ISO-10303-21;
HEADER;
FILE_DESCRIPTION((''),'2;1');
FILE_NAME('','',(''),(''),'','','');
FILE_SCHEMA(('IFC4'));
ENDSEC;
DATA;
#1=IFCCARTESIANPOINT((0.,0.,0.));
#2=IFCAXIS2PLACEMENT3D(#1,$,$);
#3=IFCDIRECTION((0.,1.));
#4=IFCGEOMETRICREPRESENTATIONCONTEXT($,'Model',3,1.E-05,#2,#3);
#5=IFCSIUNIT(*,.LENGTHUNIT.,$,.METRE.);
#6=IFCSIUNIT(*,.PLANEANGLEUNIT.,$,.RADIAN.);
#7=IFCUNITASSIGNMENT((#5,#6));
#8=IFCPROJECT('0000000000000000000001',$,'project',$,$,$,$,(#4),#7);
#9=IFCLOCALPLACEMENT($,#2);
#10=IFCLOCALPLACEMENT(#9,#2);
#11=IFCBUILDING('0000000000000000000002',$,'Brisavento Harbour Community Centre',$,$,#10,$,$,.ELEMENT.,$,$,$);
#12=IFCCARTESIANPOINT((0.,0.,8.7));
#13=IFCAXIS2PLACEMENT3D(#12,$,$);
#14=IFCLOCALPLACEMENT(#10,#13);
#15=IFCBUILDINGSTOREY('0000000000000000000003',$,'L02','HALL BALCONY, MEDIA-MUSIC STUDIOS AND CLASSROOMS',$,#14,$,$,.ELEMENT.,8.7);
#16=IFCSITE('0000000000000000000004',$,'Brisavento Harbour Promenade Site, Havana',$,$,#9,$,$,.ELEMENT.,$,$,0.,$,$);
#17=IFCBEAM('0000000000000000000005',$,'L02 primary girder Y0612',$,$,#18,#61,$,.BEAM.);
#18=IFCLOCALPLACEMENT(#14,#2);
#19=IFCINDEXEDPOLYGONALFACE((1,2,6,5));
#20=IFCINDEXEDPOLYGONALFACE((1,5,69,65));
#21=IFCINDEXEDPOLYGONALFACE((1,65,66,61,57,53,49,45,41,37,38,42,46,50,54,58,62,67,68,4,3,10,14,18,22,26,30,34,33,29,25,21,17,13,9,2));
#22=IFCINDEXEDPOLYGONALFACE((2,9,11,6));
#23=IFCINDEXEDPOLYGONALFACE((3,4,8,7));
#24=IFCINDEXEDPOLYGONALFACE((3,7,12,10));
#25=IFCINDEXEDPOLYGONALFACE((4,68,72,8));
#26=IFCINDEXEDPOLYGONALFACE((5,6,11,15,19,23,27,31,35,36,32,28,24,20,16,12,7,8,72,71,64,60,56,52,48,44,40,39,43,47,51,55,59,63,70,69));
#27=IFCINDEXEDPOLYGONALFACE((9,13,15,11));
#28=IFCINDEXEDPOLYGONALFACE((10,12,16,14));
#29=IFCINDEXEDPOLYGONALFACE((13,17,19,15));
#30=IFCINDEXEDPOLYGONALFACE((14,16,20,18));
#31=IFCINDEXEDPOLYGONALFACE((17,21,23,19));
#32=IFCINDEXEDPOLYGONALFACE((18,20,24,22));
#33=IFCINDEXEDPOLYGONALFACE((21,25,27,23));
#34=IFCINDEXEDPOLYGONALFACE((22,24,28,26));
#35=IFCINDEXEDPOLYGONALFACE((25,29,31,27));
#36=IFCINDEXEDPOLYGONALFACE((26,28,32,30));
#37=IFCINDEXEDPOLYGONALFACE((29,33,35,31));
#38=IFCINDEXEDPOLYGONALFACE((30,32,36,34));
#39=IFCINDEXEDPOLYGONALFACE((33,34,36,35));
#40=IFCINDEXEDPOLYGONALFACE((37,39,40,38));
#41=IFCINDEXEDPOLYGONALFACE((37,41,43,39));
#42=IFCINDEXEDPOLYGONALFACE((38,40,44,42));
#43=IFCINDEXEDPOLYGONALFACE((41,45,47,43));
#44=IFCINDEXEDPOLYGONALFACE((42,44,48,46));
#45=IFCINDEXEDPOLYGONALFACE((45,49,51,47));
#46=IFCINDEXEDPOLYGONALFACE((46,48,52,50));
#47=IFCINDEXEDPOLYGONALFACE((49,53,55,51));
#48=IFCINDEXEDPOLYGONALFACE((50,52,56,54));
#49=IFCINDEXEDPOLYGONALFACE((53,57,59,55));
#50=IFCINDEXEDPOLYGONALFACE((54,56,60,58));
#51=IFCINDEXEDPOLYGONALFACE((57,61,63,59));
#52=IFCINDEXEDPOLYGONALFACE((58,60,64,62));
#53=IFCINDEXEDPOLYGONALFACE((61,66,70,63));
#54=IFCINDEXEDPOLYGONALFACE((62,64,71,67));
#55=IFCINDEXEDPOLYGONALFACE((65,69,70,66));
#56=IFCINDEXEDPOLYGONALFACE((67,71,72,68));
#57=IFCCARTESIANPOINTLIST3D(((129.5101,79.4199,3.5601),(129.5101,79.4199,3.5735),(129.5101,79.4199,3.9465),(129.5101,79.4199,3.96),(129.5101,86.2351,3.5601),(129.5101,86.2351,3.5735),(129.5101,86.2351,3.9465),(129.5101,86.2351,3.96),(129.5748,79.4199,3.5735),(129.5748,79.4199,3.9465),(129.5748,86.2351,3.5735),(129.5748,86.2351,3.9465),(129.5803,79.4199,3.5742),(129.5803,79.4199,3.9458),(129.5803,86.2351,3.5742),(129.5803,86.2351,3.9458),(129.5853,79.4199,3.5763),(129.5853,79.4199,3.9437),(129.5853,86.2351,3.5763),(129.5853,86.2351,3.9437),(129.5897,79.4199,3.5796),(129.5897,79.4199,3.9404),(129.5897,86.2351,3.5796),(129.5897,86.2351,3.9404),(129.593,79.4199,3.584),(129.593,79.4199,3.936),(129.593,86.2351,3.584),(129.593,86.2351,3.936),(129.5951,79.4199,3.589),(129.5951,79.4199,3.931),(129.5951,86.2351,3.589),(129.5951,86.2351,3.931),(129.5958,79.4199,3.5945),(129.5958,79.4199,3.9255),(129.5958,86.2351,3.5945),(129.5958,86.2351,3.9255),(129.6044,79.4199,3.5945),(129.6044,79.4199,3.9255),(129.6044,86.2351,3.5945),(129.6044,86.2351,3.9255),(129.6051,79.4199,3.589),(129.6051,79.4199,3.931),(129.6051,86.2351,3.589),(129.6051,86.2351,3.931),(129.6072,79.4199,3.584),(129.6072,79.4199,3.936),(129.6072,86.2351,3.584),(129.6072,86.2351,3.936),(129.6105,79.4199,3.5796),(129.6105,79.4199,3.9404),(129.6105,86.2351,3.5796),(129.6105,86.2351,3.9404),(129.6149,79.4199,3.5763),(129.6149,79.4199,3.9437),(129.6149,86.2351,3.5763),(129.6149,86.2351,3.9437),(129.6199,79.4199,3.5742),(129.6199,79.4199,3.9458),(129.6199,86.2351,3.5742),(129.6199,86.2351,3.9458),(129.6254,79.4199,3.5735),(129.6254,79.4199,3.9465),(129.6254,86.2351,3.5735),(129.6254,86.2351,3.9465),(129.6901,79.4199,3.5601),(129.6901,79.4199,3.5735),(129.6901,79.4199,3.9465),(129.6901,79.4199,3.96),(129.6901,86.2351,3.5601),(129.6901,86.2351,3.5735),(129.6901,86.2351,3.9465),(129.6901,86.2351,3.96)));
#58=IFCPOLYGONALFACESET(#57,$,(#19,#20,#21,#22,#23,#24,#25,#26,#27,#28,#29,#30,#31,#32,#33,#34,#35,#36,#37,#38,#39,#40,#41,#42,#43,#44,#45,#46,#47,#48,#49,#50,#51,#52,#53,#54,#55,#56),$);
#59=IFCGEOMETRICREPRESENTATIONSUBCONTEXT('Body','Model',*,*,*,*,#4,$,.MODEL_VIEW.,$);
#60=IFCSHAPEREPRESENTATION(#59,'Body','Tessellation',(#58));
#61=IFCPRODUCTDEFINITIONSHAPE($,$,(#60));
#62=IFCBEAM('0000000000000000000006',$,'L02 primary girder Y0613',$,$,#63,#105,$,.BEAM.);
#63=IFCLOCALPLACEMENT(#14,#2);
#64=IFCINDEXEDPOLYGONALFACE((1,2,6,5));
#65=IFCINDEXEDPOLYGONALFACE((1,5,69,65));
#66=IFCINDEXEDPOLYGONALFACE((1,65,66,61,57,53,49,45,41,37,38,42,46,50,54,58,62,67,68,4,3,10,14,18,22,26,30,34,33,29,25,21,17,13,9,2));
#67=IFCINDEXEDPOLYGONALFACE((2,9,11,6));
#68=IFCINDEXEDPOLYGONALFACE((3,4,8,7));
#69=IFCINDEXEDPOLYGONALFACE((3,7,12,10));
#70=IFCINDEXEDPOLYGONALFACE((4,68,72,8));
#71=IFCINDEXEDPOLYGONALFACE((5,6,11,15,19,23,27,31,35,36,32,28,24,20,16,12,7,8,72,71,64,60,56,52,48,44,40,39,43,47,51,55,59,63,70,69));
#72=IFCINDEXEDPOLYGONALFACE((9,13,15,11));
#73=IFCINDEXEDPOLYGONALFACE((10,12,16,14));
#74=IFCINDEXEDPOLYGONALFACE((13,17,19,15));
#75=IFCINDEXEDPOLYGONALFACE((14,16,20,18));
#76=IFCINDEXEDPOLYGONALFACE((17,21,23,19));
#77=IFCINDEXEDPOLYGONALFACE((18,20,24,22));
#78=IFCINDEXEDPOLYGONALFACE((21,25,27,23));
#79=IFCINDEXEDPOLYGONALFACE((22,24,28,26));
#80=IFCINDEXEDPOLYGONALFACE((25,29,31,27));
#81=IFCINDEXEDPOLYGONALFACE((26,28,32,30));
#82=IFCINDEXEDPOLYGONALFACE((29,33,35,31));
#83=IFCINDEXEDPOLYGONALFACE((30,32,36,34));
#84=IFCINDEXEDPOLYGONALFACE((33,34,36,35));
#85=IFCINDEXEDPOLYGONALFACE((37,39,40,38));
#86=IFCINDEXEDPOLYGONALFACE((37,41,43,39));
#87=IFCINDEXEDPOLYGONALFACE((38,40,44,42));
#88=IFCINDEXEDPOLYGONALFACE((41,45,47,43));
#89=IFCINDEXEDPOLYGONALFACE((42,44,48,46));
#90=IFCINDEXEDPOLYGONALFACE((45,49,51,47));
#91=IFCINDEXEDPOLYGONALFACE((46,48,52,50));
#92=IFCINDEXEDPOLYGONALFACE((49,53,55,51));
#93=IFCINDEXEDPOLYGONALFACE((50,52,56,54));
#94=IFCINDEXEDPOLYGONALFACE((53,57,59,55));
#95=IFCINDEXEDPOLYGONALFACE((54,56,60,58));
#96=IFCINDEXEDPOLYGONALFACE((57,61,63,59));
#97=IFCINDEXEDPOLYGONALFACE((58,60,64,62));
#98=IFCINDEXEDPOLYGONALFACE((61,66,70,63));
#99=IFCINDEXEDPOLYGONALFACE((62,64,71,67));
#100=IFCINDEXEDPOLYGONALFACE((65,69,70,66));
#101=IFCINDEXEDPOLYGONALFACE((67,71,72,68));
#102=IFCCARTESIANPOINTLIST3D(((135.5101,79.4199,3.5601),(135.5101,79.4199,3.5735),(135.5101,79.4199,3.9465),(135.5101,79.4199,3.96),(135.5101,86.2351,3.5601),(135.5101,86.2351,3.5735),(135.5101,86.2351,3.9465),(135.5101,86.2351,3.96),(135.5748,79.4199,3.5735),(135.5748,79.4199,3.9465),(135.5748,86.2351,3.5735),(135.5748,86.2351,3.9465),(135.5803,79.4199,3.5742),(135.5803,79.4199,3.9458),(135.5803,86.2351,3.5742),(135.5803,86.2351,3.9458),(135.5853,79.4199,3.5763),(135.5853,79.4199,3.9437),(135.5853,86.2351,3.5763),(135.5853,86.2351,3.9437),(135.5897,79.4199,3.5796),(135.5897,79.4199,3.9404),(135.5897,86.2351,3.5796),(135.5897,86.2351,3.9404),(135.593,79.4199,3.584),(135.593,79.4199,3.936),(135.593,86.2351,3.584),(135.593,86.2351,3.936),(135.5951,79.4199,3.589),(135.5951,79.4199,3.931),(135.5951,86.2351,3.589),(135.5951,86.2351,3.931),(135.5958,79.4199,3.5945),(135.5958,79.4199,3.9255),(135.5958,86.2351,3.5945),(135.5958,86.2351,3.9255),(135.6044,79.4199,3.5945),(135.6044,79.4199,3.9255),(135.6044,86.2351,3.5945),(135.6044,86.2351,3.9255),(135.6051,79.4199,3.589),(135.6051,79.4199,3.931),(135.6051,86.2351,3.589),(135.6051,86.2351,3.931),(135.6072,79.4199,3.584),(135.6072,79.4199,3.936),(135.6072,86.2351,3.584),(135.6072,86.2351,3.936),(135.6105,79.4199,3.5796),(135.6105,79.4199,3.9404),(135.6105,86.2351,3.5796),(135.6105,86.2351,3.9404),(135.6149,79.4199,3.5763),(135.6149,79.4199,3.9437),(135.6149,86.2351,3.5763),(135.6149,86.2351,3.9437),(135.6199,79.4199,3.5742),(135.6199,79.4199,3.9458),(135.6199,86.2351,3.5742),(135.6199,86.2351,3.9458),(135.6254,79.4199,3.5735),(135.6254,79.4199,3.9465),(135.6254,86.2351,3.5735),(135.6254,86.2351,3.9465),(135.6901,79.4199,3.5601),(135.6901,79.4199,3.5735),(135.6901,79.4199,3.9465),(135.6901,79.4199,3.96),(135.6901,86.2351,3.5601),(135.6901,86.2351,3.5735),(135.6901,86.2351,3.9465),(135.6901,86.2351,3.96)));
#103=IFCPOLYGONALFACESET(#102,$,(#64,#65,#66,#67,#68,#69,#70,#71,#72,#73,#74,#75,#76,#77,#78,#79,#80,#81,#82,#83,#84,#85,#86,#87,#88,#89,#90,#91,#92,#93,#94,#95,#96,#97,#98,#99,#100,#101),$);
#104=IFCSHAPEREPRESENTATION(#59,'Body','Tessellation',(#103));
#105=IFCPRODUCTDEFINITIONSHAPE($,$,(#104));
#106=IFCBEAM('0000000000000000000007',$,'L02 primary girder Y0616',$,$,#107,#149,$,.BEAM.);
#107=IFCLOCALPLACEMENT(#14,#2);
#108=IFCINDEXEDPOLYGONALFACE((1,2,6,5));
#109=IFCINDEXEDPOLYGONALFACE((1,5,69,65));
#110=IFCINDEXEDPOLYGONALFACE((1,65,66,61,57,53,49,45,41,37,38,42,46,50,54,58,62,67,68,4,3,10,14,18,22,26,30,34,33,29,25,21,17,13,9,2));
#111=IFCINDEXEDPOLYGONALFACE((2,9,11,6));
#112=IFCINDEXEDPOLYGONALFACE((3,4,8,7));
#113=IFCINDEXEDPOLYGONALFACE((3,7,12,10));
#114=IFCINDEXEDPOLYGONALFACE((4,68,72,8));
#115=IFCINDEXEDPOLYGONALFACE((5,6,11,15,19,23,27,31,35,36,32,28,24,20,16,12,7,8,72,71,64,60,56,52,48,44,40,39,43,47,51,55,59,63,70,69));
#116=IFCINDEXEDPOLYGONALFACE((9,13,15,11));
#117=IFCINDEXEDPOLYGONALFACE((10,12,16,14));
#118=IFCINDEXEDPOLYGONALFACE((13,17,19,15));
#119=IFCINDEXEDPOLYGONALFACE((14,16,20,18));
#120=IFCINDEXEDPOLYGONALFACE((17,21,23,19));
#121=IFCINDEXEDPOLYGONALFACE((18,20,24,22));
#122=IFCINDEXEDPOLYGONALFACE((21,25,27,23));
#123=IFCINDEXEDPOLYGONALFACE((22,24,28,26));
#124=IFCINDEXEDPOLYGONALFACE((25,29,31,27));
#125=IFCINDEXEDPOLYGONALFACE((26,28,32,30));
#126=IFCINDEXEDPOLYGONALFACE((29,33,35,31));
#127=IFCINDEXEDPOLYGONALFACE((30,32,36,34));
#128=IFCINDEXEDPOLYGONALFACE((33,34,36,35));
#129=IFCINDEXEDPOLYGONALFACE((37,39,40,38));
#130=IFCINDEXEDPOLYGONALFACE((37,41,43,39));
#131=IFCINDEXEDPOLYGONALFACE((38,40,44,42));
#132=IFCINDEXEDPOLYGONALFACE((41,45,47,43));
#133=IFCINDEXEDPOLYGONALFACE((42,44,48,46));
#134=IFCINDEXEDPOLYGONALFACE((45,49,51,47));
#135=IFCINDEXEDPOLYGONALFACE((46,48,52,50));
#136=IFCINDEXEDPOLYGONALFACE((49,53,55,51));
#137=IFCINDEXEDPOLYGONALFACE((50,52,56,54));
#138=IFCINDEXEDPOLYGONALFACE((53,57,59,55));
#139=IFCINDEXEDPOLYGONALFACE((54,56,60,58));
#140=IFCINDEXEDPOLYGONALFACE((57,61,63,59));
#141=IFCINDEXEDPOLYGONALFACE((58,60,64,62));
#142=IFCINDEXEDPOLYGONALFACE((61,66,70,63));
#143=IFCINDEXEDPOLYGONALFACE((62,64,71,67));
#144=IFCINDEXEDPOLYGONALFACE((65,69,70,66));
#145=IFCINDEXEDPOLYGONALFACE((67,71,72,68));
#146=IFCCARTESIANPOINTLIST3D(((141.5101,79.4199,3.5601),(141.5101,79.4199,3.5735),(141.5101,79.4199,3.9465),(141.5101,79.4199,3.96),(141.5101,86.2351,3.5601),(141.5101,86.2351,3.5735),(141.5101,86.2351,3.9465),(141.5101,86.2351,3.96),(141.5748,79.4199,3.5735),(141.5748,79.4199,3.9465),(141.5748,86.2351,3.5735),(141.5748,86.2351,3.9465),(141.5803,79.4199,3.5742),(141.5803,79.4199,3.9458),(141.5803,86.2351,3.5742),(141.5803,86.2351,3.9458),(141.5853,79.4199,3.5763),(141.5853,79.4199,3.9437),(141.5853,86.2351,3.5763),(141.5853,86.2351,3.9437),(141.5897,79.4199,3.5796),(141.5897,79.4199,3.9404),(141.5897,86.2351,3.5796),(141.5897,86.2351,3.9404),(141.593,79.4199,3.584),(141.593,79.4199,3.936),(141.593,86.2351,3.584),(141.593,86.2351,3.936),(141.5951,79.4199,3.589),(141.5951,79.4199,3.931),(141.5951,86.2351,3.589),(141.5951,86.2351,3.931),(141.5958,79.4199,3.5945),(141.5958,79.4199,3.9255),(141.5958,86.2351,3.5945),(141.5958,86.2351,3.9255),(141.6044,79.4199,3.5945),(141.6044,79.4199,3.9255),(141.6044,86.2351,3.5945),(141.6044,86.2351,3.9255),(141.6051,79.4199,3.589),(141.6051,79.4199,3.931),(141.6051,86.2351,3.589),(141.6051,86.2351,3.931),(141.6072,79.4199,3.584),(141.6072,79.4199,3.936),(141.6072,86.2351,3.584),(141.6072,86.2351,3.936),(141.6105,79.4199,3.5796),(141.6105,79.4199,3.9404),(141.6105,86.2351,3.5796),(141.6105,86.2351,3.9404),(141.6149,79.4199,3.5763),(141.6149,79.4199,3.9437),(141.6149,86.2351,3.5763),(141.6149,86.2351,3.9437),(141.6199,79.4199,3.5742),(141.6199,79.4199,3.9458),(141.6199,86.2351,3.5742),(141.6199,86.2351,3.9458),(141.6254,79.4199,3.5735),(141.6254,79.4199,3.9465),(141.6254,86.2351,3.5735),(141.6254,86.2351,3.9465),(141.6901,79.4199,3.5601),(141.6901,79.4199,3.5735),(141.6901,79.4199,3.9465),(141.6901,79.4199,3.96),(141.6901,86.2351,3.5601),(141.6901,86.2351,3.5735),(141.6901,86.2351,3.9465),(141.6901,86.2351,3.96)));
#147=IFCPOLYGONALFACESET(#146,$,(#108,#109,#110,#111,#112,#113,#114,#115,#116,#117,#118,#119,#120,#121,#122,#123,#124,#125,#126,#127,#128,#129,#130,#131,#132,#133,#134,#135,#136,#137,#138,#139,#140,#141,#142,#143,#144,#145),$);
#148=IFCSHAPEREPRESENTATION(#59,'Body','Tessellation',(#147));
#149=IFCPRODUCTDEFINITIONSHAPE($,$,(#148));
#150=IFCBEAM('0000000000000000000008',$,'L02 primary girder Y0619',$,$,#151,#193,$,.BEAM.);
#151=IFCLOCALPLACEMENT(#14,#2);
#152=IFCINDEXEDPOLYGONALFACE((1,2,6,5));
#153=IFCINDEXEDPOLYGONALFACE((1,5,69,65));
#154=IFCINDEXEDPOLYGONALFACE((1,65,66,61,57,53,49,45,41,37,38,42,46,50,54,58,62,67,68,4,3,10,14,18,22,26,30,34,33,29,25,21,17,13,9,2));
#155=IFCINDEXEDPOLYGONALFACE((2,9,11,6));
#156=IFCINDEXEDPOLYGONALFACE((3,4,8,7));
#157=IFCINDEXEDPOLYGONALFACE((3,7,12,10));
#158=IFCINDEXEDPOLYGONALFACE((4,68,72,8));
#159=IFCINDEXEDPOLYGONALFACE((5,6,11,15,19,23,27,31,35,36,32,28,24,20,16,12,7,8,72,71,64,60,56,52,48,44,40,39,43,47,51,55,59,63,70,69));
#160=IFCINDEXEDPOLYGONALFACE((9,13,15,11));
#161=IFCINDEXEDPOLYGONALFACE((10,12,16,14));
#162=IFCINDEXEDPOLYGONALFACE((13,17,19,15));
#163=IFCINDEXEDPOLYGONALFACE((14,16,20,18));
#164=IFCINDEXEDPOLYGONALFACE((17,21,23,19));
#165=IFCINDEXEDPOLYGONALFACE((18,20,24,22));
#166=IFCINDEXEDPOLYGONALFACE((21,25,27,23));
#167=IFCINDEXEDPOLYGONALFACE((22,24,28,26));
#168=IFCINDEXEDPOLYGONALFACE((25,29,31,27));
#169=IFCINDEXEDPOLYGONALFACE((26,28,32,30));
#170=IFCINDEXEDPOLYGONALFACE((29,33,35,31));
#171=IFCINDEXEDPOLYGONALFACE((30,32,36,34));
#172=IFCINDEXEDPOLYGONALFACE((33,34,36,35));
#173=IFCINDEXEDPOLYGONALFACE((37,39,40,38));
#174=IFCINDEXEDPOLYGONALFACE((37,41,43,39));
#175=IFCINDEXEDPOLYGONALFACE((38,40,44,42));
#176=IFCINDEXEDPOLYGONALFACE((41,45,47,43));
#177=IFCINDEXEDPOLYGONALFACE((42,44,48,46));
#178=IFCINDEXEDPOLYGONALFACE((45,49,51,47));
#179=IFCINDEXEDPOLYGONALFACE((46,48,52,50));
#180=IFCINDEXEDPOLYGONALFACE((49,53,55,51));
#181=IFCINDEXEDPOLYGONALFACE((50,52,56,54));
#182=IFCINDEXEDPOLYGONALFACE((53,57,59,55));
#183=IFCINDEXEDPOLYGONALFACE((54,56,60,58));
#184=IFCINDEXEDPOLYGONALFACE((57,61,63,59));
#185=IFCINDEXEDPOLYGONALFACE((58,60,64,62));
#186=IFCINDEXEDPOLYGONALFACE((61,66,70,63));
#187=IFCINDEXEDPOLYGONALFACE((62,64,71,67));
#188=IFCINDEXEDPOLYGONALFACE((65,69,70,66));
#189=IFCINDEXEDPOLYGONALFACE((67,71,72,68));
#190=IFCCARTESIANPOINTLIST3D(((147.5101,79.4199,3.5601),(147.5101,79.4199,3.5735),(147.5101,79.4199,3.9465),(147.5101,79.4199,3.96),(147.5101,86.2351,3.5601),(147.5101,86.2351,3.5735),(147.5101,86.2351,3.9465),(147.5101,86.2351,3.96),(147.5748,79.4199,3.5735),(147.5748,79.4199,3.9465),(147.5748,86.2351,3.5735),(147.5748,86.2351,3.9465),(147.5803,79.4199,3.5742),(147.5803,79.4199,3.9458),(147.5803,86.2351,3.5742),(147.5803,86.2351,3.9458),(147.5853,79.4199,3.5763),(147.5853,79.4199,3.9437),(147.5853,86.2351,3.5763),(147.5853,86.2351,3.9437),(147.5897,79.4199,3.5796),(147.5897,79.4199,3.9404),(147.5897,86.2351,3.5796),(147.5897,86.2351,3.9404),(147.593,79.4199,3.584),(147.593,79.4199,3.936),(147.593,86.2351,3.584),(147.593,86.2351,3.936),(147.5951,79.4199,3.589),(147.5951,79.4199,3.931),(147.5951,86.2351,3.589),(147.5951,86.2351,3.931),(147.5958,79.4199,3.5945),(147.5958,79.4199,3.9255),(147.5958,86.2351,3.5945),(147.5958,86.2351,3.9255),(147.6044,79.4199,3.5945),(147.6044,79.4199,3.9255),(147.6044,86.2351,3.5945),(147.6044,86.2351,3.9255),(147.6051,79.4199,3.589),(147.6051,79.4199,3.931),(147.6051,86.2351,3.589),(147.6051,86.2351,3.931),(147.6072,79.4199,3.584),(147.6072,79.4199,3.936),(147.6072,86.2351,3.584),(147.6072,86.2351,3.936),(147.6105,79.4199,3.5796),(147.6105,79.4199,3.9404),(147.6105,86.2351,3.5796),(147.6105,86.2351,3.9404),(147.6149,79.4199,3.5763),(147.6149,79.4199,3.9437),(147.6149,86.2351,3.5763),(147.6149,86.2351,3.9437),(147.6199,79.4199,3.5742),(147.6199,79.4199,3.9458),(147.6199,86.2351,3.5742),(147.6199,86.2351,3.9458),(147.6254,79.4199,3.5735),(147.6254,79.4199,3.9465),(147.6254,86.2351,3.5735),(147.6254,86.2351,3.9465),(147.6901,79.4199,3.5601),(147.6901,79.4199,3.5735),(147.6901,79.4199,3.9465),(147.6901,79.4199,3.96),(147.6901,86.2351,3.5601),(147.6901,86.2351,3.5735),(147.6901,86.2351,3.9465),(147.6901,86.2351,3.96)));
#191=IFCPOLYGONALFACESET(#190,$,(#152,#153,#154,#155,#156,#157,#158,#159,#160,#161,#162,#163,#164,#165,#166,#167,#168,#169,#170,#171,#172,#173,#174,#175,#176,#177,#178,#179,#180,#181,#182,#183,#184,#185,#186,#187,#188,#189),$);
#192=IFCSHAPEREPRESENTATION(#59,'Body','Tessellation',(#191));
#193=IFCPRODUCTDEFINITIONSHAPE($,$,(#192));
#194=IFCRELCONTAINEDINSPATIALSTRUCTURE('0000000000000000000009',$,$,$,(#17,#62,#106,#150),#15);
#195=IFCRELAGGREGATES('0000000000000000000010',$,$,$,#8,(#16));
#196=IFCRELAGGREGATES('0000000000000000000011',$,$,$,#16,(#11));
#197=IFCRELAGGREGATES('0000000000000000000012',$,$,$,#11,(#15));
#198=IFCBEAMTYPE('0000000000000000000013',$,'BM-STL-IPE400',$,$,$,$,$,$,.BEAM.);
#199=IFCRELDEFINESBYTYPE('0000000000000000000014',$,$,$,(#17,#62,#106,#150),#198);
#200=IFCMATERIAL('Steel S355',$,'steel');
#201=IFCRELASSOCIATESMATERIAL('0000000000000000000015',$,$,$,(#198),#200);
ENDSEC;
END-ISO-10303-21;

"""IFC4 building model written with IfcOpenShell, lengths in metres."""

from ifc_helpers import new_model, si_unit, direction, frame, origin, origin_2d, place, context, subcontext, project, spatial, i_section, extrude, material, material_profile, profile_set, type_object, element, save


model = new_model("IFC4")

# Units and contexts
model_context = context("Model", 3, precision=1e-05, world=origin(), true_north=direction((0.0, 1.0)))
body_context = subcontext(model_context, "Body", "Model", "MODEL_VIEW")
ifc_project = project(units=[si_unit("LENGTHUNIT", "METRE"), si_unit("PLANEANGLEUNIT", "RADIAN")], contexts=[model_context])

# Site, building, storey
site_placement = place(None, origin())
site = spatial("IfcSite", under=ifc_project, at=site_placement, Name="Brisavento Harbour Promenade Site, Havana", CompositionType="ELEMENT", RefElevation=0.0)
building_placement = place(site_placement, origin())
building = spatial("IfcBuilding", under=site, at=building_placement, Name="Brisavento Harbour Community Centre", CompositionType="ELEMENT")
storey_placement = place(building_placement, frame((0.0, 0.0, 8.7)))
storey = spatial("IfcBuildingStorey", under=building, at=storey_placement, Name="L02", Description="HALL BALCONY, MEDIA-MUSIC STUDIOS AND CLASSROOMS", CompositionType="ELEMENT", Elevation=8.7)

# Beams
ifc_material_1 = material(Name="Steel S355", Category="steel")
ifc_material_profile_1 = material_profile(ifc_material_1, i_section(OverallWidth=0.1799, OverallDepth=0.3999, WebThickness=0.0085, FlangeThickness=0.0134, FilletRadius=0.021, at=origin_2d()), Name="Steel S355")
ifc_profile_set_1 = profile_set([ifc_material_profile_1], Name="Steel S355")
beam_type_1 = type_object("IfcBeamType", Name="BM-STL-IPE400", PredefinedType="BEAM", material=ifc_profile_set_1)
for number, where, z_axis, x_axis, name in (
    (1, (129.6001, 79.4199, 3.76), (0.0, 1.0, 0.0), (-1.0, 0.0, 0.0), "L02 primary girder Y0612"),
    (2, (135.6001, 79.4199, 3.76), (0.0, 1.0, 0.0), (-1.0, 0.0, 0.0), "L02 primary girder Y0613"),
    (3, (141.6001, 79.4199, 3.76), (0.0, 1.0, 0.0), (-1.0, 0.0, 0.0), "L02 primary girder Y0616"),
    (4, (147.6001, 79.4199, 3.76), (0.0, 1.0, 0.0), (-1.0, 0.0, 0.0), "L02 primary girder Y0619"),
):
    element("IfcBeam", number, at=place(storey_placement, frame(where, z_axis=z_axis, x_axis=x_axis)), inside=storey, type_object=beam_type_1, Name=name, PredefinedType="BEAM", context=body_context, shape_type="SweptSolid", body=[
        extrude(i_section(OverallWidth=0.1799, OverallDepth=0.3999, WebThickness=0.0085, FlangeThickness=0.0134, FilletRadius=0.021, at=origin_2d()), origin(), (0.0, 0.0, 1.0), 6.8152),
    ])

save(model, "model.ifc")
